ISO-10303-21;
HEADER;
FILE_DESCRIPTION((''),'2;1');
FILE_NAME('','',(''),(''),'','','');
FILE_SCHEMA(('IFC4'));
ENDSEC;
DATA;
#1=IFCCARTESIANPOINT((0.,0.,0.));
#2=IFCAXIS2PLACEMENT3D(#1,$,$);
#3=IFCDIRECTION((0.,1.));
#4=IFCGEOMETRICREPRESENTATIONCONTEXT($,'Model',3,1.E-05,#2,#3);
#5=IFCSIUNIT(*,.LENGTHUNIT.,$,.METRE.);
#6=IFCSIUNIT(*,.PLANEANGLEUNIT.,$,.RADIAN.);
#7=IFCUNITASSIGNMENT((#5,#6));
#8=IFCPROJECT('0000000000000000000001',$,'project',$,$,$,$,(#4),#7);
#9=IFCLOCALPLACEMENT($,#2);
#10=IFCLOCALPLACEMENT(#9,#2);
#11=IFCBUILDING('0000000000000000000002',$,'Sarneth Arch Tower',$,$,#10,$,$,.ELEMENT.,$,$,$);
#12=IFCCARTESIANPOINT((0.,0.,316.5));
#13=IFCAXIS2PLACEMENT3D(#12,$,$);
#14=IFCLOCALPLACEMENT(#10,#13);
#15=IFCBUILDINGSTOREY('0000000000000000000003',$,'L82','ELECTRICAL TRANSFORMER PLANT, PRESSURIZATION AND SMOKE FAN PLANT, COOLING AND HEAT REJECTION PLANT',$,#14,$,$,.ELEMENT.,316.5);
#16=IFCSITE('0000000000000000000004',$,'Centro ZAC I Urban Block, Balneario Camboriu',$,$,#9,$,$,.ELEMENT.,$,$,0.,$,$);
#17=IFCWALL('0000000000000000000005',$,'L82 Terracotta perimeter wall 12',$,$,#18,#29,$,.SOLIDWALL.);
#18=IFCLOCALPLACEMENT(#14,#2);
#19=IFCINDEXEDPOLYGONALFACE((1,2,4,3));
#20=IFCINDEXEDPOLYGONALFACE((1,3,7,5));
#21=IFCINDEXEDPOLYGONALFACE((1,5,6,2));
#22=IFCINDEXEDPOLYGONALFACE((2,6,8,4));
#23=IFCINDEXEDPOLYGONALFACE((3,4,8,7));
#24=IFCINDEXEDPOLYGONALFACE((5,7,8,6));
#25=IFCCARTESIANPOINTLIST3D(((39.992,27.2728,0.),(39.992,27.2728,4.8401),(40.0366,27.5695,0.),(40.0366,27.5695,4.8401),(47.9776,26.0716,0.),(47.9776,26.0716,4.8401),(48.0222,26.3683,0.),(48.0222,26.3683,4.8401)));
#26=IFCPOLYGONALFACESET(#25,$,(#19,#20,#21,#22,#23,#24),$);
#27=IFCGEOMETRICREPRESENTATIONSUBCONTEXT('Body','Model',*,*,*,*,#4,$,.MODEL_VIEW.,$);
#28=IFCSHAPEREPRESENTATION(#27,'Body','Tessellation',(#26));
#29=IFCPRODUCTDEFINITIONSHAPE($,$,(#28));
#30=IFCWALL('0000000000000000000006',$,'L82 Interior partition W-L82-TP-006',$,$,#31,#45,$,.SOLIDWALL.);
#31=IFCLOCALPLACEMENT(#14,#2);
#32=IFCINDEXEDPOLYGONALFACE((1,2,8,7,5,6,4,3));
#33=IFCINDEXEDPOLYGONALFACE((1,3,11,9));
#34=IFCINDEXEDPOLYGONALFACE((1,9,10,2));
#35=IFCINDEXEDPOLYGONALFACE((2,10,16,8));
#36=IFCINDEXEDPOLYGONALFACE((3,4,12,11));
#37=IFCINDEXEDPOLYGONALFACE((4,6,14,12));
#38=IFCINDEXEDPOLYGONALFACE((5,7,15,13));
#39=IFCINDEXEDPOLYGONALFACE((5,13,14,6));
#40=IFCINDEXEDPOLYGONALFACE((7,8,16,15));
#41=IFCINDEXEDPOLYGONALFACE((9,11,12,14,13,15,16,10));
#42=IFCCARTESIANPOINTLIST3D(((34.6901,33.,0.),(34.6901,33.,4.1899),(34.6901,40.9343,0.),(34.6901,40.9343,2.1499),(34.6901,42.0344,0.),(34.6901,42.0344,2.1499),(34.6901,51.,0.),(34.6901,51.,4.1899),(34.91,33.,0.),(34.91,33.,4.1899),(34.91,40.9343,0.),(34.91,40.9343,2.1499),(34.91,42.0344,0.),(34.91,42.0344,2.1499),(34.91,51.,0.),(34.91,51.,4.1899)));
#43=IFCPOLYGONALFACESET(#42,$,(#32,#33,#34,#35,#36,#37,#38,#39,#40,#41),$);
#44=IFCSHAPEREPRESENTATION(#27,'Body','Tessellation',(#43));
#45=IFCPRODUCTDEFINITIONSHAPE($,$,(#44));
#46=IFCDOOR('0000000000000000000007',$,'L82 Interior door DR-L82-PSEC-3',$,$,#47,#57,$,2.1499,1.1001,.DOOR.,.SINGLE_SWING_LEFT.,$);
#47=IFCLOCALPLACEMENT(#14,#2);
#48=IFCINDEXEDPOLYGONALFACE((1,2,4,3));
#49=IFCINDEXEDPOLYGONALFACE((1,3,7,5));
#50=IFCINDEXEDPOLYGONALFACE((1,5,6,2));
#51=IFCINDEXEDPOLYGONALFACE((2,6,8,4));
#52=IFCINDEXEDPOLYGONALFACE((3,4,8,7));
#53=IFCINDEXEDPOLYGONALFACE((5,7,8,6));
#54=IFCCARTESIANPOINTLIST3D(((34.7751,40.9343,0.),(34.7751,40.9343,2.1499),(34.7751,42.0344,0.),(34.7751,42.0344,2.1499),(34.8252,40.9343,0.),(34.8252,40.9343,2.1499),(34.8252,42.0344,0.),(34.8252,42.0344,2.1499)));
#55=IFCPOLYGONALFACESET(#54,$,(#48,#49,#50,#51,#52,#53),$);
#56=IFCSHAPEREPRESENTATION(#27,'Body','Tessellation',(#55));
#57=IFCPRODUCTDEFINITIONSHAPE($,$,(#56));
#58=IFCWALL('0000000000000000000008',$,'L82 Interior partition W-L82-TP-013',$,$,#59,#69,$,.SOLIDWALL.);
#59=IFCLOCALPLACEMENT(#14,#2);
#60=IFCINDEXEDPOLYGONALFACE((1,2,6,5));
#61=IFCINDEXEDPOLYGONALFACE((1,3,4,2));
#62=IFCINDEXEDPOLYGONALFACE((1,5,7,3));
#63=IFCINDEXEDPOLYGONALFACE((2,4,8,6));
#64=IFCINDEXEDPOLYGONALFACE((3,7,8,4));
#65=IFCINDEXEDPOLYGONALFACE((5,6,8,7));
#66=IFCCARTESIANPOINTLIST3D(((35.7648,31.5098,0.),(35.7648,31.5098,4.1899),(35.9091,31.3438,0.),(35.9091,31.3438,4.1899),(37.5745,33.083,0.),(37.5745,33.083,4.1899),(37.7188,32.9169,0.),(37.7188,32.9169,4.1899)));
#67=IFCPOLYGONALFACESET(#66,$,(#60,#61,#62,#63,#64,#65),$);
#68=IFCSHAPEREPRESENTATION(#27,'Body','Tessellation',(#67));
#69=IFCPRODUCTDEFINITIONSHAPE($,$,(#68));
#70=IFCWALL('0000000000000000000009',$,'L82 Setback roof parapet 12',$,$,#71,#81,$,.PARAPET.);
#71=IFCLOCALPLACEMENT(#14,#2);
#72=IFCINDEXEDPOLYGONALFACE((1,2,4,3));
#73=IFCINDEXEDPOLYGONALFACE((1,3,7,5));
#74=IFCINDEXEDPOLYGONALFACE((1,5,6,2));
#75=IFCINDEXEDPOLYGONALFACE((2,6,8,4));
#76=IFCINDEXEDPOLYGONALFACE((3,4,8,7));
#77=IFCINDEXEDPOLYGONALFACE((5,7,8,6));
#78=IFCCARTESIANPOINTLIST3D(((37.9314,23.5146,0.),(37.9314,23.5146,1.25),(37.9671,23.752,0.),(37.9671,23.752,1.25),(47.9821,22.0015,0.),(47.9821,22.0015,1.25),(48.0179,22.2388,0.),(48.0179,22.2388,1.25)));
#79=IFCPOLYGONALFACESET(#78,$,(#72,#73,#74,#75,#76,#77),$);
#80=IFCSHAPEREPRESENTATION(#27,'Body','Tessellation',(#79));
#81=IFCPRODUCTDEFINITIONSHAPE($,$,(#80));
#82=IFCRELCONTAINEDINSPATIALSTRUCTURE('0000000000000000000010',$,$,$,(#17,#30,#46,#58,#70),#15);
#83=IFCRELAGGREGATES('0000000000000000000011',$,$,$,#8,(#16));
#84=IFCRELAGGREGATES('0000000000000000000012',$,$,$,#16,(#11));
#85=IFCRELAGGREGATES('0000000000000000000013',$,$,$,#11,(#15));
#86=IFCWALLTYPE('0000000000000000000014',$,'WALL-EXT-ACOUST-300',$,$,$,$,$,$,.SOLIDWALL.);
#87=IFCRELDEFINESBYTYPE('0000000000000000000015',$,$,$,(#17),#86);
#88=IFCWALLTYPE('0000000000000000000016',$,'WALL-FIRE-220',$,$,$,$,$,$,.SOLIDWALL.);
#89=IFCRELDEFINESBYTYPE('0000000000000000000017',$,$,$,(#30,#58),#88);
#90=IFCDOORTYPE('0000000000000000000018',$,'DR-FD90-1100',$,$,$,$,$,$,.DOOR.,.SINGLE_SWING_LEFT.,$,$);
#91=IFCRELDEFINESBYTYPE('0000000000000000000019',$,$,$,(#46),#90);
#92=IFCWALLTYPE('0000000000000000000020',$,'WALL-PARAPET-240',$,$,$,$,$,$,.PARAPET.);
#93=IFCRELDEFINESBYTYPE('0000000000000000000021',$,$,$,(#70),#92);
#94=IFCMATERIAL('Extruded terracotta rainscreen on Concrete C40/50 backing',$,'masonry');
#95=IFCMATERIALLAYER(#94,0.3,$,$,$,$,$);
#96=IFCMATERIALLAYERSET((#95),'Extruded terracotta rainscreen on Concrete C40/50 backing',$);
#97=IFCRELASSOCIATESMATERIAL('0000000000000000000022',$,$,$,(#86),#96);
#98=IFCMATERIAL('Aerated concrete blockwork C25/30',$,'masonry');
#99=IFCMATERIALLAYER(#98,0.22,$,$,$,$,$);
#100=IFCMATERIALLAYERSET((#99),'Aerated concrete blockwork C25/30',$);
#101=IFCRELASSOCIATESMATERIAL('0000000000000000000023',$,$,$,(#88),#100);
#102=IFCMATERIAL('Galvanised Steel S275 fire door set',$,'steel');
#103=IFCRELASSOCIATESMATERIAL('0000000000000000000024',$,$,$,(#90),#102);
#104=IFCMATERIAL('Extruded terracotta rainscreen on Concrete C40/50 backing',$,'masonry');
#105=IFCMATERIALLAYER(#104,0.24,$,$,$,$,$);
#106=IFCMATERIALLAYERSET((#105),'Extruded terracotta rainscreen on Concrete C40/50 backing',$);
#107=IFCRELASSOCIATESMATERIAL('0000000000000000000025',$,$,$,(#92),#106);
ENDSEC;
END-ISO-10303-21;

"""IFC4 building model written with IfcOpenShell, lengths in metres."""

from ifc_helpers import new_model, si_unit, direction, frame, frame_2d, origin, place, context, subcontext, project, spatial, rectangle, extrude, material, layer, layer_set, type_object, element, fill, save


model = new_model("IFC4")

# Units and contexts
model_context = context("Model", 3, precision=1e-05, world=origin(), true_north=direction((0.0, 1.0)))
body_context = subcontext(model_context, "Body", "Model", "MODEL_VIEW")
ifc_project = project(units=[si_unit("LENGTHUNIT", "METRE"), si_unit("PLANEANGLEUNIT", "RADIAN")], contexts=[model_context])

# Site, building, storey
site_placement = place(None, origin())
site = spatial("IfcSite", under=ifc_project, at=site_placement, Name="Centro ZAC I Urban Block, Balneario Camboriu", CompositionType="ELEMENT", RefElevation=0.0)
building_placement = place(site_placement, origin())
building = spatial("IfcBuilding", under=site, at=building_placement, Name="Sarneth Arch Tower", CompositionType="ELEMENT")
storey_placement = place(building_placement, frame((0.0, 0.0, 316.5)))
storey = spatial("IfcBuildingStorey", under=building, at=storey_placement, Name="L82", Description="ELECTRICAL TRANSFORMER PLANT, PRESSURIZATION AND SMOKE FAN PLANT, COOLING AND HEAT REJECTION PLANT", CompositionType="ELEMENT", Elevation=316.5)

# Wall
ifc_material_1 = material(Name="Extruded terracotta rainscreen on Concrete C40/50 backing", Category="masonry")
ifc_layer_1 = layer(ifc_material_1, 0.3)
ifc_layer_set_1 = layer_set([ifc_layer_1], Name="Extruded terracotta rainscreen on Concrete C40/50 backing")
wall_type_1 = type_object("IfcWallType", Name="WALL-EXT-ACOUST-300", PredefinedType="SOLIDWALL", material=ifc_layer_set_1)
wall_1_placement = place(storey_placement, frame((40.0144, 27.4211, 0.0), z_axis=(0.0, 0.0, 1.0), x_axis=(0.988876, -0.148744, 0.0)))
element("IfcWall", 1, at=wall_1_placement, inside=storey, type_object=wall_type_1, Name="L82 Terracotta perimeter wall 12", PredefinedType="SOLIDWALL", context=body_context, shape_type="SweptSolid", body=[
    extrude(rectangle(XDim=8.0754, YDim=0.3, at=frame_2d((4.0376, 0.0))), origin(), (0.0, 0.0, 1.0), 4.8401),
])

# Wall, opening, door
ifc_material_2 = material(Name="Aerated concrete blockwork C25/30", Category="masonry")
ifc_layer_2 = layer(ifc_material_2, 0.22)
ifc_layer_set_2 = layer_set([ifc_layer_2], Name="Aerated concrete blockwork C25/30")
wall_type_2 = type_object("IfcWallType", Name="WALL-FIRE-220", PredefinedType="SOLIDWALL", material=ifc_layer_set_2)
wall_2_placement = place(storey_placement, frame((34.8, 33.0, 0.0), z_axis=(0.0, 0.0, 1.0), x_axis=(0.0, 1.0, 0.0)))
wall_2 = element("IfcWall", 2, at=wall_2_placement, inside=storey, type_object=wall_type_2, Name="L82 Interior partition W-L82-TP-006", PredefinedType="SOLIDWALL", context=body_context, shape_type="SweptSolid", body=[
    extrude(rectangle(XDim=18.0, YDim=0.22, at=frame_2d((9.0, 0.0))), origin(), (0.0, 0.0, 1.0), 4.1899),
])
opening_placement = place(wall_2_placement, frame((7.9343, 0.0, 0.0)))
opening = element("IfcOpeningElement", 3, at=opening_placement, cuts=wall_2, PredefinedType="OPENING", context=body_context, shape_type="SweptSolid", body=[
    extrude(rectangle(XDim=1.1001, YDim=2.1499, at=frame_2d((0.55, 1.075))), frame((0.0, 0.1199, 0.0), z_axis=(0.0, -1.0, 0.0), x_axis=(1.0, 0.0, 0.0)), (0.0, 0.0, 1.0), 0.24),
])
ifc_material_3 = material(Name="Galvanised Steel S275 fire door set", Category="steel")
door_type = type_object("IfcDoorType", Name="DR-FD90-1100", OperationType="SINGLE_SWING_LEFT", PredefinedType="DOOR", material=ifc_material_3)
door_placement = place(opening_placement, origin())
door = element("IfcDoor", 4, at=door_placement, inside=storey, type_object=door_type, Name="L82 Interior door DR-L82-PSEC-3", OperationType="SINGLE_SWING_LEFT", OverallHeight=2.1499, OverallWidth=1.1001, PredefinedType="DOOR", context=body_context, shape_type="SweptSolid", body=[
    extrude(rectangle(XDim=1.1001, YDim=2.1499, at=frame_2d((0.55, 1.075))), frame((0.0, 0.0249, 0.0), z_axis=(0.0, -1.0, 0.0), x_axis=(1.0, 0.0, 0.0)), (0.0, 0.0, 1.0), 0.05),
])
fill(opening, door)

# Walls
wall_3_placement = place(storey_placement, frame((35.8369, 31.4268, 0.0), z_axis=(0.0, 0.0, 1.0), x_axis=(0.754711, 0.656058, 0.0)))
element("IfcWall", 5, at=wall_3_placement, inside=storey, type_object=wall_type_2, Name="L82 Interior partition W-L82-TP-013", PredefinedType="SOLIDWALL", context=body_context, shape_type="SweptSolid", body=[
    extrude(rectangle(XDim=2.3979, YDim=0.22, at=frame_2d((1.199, 0.0))), origin(), (0.0, 0.0, 1.0), 4.1899),
])
ifc_material_4 = material(Name="Extruded terracotta rainscreen on Concrete C40/50 backing", Category="masonry")
ifc_layer_3 = layer(ifc_material_4, 0.24)
ifc_layer_set_3 = layer_set([ifc_layer_3], Name="Extruded terracotta rainscreen on Concrete C40/50 backing")
wall_type_3 = type_object("IfcWallType", Name="WALL-PARAPET-240", PredefinedType="PARAPET", material=ifc_layer_set_3)
wall_4_placement = place(storey_placement, frame((37.9492, 23.6333, 0.0), z_axis=(0.0, 0.0, 1.0), x_axis=(0.988856, -0.148876, 0.0)))
element("IfcWall", 6, at=wall_4_placement, inside=storey, type_object=wall_type_3, Name="L82 Setback roof parapet 12", PredefinedType="PARAPET", context=body_context, shape_type="SweptSolid", body=[
    extrude(rectangle(XDim=10.1641, YDim=0.24, at=frame_2d((5.082, 0.0))), origin(), (0.0, 0.0, 1.0), 1.25),
])

save(model, "model.ifc")
